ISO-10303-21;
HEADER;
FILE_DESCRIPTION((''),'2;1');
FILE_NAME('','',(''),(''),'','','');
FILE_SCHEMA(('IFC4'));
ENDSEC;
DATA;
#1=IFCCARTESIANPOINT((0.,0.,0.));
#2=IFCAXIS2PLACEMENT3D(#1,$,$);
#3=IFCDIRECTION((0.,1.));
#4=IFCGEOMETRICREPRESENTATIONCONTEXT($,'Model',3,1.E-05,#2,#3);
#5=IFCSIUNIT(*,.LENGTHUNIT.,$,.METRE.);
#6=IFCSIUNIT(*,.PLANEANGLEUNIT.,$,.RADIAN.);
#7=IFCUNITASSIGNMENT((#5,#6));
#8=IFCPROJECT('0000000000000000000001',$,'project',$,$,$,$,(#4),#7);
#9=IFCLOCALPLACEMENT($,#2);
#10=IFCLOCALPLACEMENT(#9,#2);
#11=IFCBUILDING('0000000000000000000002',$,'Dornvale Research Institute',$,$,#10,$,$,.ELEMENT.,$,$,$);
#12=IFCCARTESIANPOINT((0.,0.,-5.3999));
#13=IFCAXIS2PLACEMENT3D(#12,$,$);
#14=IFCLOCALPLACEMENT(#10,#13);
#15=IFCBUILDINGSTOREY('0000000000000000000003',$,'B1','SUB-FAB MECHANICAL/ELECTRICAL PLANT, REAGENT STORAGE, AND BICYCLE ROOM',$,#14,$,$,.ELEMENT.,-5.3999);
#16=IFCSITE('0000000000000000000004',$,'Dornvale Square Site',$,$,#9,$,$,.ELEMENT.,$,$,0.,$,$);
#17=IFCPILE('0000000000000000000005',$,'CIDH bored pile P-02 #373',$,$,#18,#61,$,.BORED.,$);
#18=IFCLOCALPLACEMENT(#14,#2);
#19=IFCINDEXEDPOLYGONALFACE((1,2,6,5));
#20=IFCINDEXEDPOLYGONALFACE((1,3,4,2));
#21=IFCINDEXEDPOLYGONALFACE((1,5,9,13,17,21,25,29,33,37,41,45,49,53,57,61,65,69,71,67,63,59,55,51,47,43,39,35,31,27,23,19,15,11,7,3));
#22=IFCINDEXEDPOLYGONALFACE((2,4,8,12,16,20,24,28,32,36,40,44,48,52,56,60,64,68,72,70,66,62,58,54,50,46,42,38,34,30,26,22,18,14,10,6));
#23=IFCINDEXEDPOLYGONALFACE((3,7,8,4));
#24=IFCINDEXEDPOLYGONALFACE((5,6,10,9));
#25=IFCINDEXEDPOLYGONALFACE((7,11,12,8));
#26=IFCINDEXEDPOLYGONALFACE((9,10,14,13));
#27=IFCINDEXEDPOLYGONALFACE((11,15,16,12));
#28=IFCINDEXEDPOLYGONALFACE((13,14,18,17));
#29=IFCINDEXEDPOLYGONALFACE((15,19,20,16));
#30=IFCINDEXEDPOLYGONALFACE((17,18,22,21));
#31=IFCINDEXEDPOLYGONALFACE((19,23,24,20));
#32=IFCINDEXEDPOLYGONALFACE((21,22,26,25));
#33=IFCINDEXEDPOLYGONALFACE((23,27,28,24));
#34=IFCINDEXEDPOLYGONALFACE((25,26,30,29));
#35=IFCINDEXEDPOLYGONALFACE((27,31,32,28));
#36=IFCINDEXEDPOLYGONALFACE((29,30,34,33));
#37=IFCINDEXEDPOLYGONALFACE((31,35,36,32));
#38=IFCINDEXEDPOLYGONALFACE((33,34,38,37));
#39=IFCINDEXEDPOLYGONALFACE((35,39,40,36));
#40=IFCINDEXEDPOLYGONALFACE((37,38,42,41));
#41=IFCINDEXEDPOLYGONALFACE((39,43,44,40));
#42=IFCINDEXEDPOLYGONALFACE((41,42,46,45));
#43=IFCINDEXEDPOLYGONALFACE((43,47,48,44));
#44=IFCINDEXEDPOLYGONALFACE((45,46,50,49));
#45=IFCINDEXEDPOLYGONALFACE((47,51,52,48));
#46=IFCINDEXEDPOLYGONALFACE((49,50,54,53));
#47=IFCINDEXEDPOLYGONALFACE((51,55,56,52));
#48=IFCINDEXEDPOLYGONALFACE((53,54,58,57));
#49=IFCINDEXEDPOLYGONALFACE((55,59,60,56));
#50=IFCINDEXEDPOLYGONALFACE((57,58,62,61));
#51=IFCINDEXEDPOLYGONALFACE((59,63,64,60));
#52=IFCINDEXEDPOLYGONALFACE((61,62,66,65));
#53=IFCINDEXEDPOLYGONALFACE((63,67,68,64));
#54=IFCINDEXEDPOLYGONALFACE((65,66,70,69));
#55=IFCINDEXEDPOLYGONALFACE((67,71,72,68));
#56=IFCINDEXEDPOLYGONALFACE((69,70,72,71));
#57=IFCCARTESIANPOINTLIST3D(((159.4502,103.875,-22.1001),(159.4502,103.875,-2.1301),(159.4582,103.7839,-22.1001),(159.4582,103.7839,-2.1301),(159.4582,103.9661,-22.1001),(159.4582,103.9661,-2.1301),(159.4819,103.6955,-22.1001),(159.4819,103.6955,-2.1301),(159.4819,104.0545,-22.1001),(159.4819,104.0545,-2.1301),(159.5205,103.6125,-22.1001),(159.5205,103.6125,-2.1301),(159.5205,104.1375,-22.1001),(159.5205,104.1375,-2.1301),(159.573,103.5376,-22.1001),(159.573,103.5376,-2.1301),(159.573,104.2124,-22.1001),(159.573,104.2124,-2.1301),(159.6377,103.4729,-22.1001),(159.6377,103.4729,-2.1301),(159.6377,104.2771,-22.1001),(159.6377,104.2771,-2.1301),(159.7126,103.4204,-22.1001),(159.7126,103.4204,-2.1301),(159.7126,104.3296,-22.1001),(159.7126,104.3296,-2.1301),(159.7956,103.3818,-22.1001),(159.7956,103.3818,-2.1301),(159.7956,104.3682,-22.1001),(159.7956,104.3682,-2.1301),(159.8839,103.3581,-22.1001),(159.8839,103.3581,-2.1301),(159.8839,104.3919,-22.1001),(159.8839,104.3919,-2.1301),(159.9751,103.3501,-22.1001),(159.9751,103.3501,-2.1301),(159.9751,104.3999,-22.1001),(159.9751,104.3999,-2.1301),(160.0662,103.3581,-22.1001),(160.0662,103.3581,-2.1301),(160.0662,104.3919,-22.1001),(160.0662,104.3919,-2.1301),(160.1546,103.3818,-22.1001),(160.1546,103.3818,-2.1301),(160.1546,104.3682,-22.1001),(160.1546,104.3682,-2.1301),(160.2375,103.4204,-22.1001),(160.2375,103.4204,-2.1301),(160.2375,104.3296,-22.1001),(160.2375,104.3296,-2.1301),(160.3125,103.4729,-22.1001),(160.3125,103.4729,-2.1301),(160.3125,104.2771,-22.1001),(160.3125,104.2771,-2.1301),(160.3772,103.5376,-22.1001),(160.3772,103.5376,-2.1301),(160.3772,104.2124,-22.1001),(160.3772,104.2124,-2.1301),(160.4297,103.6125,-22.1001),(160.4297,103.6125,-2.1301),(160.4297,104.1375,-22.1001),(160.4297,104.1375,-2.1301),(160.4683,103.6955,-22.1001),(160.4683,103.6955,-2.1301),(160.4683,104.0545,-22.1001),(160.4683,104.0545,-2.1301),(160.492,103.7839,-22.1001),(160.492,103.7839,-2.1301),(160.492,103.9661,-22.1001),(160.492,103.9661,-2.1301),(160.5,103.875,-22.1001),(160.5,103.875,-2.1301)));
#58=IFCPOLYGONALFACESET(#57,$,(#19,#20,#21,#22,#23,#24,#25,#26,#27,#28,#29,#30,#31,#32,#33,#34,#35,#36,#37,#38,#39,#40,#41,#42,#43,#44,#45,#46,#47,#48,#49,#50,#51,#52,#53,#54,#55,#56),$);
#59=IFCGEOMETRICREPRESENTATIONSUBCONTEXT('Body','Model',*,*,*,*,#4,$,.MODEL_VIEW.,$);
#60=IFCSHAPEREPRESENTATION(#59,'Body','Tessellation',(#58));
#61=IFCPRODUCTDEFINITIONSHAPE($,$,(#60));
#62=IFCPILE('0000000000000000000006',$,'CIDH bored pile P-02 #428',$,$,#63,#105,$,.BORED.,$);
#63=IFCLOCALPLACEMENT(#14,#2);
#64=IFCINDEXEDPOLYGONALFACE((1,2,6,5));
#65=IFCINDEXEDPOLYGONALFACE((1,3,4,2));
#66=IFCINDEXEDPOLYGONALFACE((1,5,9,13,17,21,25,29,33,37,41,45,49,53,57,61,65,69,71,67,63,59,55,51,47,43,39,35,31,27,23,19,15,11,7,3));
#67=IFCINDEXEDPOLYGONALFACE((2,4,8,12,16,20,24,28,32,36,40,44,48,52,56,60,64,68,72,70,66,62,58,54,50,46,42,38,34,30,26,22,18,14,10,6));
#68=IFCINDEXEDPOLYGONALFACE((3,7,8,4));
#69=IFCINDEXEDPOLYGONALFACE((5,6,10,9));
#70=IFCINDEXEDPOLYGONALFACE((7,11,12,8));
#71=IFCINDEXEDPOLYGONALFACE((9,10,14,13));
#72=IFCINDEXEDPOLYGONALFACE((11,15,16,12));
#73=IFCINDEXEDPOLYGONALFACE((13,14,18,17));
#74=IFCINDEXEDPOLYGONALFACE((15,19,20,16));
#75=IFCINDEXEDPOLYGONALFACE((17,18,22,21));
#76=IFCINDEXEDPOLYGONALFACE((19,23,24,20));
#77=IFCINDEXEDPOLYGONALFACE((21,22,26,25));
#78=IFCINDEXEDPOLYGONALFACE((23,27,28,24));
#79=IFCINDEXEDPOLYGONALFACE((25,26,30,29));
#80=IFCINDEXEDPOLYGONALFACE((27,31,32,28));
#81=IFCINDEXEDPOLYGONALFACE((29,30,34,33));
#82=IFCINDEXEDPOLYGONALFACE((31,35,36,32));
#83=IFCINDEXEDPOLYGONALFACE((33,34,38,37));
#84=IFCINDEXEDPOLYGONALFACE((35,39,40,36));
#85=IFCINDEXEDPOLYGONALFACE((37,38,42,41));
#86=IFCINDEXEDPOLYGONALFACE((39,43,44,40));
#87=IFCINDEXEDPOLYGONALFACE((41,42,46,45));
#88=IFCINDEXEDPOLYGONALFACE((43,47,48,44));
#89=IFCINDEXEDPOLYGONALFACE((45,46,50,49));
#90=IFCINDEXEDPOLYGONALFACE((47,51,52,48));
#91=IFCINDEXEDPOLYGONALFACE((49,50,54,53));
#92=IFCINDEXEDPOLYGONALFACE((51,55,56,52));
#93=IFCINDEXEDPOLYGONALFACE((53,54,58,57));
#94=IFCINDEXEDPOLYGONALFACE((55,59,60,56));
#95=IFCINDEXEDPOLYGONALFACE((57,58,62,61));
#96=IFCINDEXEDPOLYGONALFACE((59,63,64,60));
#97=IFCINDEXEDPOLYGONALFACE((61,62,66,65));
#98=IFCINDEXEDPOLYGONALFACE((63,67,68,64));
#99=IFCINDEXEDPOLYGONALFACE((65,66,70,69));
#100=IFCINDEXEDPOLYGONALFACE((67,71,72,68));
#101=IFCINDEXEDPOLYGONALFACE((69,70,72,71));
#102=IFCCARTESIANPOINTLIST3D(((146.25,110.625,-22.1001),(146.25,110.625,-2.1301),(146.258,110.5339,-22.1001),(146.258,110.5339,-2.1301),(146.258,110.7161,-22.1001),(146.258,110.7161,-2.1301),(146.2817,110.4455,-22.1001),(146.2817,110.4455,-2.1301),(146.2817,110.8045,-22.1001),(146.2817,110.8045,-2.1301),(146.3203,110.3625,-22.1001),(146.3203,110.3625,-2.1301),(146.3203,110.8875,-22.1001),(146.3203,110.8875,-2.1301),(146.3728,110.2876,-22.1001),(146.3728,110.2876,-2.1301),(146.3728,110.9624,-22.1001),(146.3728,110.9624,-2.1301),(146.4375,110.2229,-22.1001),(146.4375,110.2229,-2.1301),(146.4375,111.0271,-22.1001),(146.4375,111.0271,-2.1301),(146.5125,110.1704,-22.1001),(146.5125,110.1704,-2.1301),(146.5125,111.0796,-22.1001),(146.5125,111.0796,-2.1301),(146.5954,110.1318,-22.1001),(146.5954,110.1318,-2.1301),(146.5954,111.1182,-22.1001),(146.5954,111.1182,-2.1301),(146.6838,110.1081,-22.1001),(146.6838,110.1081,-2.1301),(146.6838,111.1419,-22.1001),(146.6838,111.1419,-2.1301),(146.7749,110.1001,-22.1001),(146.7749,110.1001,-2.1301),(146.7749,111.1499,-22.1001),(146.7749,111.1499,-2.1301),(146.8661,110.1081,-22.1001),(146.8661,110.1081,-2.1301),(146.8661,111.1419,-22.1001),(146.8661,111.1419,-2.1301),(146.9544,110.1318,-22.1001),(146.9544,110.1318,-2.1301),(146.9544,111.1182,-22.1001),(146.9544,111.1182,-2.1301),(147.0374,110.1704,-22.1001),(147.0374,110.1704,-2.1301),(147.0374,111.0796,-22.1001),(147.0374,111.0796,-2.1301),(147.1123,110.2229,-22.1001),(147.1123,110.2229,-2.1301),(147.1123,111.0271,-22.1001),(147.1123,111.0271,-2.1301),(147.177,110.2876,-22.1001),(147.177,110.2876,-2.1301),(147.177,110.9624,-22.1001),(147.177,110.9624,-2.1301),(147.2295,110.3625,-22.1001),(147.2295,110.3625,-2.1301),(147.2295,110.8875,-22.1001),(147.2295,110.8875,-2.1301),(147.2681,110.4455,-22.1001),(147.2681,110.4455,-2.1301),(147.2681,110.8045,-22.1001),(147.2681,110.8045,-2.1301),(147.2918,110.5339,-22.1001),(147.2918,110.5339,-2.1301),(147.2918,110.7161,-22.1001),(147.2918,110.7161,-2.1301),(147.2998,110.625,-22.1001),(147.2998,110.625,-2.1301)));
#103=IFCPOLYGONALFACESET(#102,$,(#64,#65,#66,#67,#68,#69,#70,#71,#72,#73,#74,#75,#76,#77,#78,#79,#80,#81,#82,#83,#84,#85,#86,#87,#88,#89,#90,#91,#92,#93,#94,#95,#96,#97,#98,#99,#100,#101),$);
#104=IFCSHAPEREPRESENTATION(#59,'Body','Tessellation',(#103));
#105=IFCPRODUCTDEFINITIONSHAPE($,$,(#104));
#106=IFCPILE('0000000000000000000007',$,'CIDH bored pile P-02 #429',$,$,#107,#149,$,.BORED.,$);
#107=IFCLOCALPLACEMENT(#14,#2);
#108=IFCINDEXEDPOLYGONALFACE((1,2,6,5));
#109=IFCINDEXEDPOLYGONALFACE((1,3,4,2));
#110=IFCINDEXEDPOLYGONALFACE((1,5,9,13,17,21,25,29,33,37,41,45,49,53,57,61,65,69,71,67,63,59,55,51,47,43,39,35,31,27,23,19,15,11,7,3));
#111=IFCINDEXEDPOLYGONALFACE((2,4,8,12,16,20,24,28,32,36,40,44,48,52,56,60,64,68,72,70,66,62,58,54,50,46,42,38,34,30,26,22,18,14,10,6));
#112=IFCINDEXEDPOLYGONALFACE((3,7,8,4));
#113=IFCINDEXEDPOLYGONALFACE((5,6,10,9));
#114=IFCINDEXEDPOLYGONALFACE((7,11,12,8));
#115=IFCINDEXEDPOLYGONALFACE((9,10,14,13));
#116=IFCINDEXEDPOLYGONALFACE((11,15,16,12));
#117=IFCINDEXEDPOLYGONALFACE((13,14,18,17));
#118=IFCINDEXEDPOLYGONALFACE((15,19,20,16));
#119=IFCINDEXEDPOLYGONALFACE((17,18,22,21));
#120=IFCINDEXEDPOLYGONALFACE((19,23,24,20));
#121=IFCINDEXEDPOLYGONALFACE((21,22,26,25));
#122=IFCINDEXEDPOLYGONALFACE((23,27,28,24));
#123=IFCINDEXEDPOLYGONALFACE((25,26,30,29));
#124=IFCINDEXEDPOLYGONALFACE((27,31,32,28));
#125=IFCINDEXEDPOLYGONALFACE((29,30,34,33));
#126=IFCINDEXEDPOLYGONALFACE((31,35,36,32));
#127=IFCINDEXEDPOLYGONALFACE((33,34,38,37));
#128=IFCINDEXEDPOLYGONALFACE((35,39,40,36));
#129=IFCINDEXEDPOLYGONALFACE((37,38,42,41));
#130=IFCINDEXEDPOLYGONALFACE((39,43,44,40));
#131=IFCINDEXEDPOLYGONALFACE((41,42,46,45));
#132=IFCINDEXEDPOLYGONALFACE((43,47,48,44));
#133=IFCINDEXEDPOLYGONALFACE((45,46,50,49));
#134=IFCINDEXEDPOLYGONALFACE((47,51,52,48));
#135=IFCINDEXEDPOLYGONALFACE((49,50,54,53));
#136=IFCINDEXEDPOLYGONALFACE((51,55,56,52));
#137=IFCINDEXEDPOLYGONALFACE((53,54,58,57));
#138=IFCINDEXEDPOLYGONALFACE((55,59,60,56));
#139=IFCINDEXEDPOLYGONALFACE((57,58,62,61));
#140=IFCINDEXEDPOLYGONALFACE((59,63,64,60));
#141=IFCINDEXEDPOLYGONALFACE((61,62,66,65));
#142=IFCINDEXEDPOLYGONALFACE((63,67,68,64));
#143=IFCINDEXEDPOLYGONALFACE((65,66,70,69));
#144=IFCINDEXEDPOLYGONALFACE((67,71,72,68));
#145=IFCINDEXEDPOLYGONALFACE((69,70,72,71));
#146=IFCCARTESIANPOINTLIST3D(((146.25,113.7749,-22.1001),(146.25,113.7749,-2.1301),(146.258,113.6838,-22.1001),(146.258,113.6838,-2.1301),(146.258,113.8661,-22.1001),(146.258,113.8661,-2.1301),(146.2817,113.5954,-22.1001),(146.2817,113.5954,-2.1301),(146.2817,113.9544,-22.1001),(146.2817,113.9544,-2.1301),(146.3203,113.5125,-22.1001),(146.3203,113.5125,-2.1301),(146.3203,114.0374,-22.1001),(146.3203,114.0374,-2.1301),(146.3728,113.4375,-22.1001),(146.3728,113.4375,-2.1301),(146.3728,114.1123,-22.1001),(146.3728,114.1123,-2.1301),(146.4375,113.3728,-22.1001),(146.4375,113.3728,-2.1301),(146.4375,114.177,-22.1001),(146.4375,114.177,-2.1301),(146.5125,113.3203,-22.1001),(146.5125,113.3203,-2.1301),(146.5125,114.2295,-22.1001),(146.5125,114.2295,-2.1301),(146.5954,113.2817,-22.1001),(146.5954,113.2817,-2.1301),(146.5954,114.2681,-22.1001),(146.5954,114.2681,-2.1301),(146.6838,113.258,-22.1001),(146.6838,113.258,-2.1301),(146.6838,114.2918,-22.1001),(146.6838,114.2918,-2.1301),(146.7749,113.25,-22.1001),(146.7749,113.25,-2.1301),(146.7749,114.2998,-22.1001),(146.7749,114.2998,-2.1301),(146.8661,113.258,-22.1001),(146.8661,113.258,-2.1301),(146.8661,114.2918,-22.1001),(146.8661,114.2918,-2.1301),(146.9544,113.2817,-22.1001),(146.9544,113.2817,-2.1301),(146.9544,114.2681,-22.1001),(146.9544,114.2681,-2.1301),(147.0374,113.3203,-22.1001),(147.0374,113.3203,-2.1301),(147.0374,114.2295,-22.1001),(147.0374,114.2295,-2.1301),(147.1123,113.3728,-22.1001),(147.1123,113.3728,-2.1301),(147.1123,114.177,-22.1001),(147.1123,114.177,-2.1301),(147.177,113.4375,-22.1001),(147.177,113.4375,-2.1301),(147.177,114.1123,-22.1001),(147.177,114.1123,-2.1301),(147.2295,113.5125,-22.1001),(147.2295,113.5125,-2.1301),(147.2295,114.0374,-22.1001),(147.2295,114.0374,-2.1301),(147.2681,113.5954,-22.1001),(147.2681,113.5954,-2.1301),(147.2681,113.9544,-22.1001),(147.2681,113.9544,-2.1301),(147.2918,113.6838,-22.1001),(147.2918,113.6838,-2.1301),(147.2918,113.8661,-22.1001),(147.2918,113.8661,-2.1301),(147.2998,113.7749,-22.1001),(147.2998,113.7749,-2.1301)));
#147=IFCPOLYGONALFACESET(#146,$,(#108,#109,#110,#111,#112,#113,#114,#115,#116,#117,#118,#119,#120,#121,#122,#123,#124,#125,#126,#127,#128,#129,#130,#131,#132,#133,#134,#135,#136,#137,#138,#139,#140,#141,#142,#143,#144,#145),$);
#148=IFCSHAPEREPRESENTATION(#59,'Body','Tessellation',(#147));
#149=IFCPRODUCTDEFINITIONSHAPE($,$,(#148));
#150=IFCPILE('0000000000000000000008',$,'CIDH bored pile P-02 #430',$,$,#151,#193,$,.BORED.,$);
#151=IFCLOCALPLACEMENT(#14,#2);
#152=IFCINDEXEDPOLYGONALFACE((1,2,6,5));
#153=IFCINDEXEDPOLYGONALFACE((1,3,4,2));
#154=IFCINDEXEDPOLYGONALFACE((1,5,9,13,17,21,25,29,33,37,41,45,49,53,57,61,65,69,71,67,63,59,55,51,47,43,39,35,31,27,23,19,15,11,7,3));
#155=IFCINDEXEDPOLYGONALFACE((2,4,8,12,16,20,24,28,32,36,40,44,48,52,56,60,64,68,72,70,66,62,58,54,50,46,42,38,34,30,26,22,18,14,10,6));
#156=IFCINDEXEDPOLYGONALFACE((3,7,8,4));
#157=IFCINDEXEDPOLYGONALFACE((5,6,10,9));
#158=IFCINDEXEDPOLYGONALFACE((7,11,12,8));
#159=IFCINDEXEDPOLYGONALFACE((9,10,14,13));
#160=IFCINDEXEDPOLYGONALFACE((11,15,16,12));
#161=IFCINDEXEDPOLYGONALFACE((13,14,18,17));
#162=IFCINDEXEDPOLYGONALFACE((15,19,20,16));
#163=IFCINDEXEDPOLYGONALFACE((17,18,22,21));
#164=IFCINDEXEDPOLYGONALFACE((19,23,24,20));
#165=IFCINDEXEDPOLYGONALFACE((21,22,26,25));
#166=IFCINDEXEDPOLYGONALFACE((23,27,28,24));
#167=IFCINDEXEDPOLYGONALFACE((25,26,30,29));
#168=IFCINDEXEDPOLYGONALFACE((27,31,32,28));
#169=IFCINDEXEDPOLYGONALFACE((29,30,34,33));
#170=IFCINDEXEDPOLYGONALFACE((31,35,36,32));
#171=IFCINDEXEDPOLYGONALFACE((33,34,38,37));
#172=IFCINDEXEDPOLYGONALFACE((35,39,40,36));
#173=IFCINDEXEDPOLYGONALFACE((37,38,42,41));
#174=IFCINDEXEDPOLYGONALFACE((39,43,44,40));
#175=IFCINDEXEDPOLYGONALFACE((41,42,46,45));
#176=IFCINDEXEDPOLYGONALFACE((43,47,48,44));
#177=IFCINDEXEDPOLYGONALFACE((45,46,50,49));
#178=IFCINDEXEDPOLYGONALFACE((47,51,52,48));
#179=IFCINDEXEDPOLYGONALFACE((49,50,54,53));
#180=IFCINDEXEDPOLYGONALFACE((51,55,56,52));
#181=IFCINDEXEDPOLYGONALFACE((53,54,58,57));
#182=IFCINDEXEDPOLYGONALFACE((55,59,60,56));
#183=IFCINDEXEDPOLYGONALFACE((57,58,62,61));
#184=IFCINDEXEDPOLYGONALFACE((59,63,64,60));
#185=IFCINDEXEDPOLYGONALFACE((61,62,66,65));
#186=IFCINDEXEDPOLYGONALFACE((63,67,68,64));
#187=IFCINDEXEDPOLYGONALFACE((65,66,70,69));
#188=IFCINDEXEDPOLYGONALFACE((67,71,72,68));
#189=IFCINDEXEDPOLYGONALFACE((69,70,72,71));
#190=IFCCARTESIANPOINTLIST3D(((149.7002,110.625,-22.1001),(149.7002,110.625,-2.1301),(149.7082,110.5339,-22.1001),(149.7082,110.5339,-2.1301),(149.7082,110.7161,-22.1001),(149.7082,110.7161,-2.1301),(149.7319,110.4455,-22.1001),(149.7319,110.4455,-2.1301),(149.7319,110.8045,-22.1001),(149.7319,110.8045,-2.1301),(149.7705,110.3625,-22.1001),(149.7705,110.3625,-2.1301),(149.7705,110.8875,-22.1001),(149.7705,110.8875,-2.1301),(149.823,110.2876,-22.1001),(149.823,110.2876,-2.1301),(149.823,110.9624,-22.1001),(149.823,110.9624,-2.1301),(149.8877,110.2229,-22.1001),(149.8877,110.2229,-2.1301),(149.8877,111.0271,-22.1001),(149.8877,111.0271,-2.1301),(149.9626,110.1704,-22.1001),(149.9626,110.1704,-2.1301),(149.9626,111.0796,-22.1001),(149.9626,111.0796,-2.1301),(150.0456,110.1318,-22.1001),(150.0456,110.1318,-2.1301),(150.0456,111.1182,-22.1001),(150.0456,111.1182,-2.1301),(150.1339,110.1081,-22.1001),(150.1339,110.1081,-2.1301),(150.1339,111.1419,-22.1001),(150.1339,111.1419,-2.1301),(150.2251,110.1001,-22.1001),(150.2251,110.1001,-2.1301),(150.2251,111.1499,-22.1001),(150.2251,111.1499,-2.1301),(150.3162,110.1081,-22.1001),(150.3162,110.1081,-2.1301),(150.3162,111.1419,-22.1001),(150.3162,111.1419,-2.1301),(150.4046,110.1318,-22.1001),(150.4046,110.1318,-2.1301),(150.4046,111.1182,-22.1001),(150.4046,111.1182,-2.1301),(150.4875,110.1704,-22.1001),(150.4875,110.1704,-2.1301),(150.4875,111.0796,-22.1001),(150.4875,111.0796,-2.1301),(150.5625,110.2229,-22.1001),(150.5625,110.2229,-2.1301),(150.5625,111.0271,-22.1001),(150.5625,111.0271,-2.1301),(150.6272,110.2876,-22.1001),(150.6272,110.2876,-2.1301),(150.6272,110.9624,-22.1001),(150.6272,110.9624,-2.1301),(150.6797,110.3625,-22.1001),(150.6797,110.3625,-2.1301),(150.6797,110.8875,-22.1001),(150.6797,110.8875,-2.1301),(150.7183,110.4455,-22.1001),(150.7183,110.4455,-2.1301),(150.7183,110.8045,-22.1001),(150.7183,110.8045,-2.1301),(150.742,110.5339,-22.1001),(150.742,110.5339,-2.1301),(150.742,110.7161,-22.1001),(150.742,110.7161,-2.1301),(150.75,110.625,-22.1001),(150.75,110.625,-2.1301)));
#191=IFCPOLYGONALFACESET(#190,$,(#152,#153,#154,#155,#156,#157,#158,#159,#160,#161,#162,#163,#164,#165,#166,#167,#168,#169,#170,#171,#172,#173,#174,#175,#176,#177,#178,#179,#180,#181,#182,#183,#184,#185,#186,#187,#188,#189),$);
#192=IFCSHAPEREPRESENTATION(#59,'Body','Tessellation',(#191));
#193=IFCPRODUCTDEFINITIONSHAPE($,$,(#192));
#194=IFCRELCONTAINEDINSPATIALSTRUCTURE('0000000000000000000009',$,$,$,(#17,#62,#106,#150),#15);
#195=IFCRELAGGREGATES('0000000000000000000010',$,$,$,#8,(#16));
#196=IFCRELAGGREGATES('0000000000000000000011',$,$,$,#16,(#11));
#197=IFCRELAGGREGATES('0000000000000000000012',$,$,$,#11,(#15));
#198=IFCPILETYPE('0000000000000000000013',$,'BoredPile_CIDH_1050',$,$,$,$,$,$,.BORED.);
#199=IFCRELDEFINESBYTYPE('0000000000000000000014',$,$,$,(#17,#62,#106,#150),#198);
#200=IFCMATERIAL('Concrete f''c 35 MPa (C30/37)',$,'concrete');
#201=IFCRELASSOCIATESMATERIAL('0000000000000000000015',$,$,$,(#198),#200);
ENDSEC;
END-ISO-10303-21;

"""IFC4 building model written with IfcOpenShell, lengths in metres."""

from ifc_helpers import new_model, si_unit, direction, frame, origin, origin_2d, place, context, subcontext, project, spatial, circle, extrude, material, material_profile, profile_set, type_object, element, save


model = new_model("IFC4")

# Units and contexts
model_context = context("Model", 3, precision=1e-05, world=origin(), true_north=direction((0.0, 1.0)))
body_context = subcontext(model_context, "Body", "Model", "MODEL_VIEW")
ifc_project = project(units=[si_unit("LENGTHUNIT", "METRE"), si_unit("PLANEANGLEUNIT", "RADIAN")], contexts=[model_context])

# Site, building, storey
site_placement = place(None, origin())
site = spatial("IfcSite", under=ifc_project, at=site_placement, Name="Dornvale Square Site", CompositionType="ELEMENT", RefElevation=0.0)
building_placement = place(site_placement, origin())
building = spatial("IfcBuilding", under=site, at=building_placement, Name="Dornvale Research Institute", CompositionType="ELEMENT")
storey_placement = place(building_placement, frame((0.0, 0.0, -5.3999)))
storey = spatial("IfcBuildingStorey", under=building, at=storey_placement, Name="B1", Description="SUB-FAB MECHANICAL/ELECTRICAL PLANT, REAGENT STORAGE, AND BICYCLE ROOM", CompositionType="ELEMENT", Elevation=-5.3999)

# Piles
ifc_material_1 = material(Name="Concrete f'c 35 MPa (C30/37)", Category="concrete")
ifc_material_profile_1 = material_profile(ifc_material_1, circle(Radius=0.5249, at=origin_2d()), Name="CIDH PILE D1050")
ifc_profile_set_1 = profile_set([ifc_material_profile_1], Name="Concrete f'c 35 MPa (C30/37)")
pile_type = type_object("IfcPileType", Name="BoredPile_CIDH_1050", PredefinedType="BORED", material=ifc_profile_set_1)
for number, where, z_axis, x_axis, name in (
    (1, (159.9751, 103.875, -2.1301), (0.0, 0.0, -1.0), (1.0, 0.0, 0.0), "CIDH bored pile P-02 #373"),
    (2, (146.7749, 110.625, -2.1301), (0.0, 0.0, -1.0), (1.0, 0.0, 0.0), "CIDH bored pile P-02 #428"),
    (3, (146.7749, 113.7749, -2.1301), (0.0, 0.0, -1.0), (1.0, 0.0, 0.0), "CIDH bored pile P-02 #429"),
    (4, (150.2251, 110.625, -2.1301), (0.0, 0.0, -1.0), (1.0, 0.0, 0.0), "CIDH bored pile P-02 #430"),
):
    element("IfcPile", number, at=place(storey_placement, frame(where, z_axis=z_axis, x_axis=x_axis)), inside=storey, type_object=pile_type, Name=name, PredefinedType="BORED", context=body_context, shape_type="SweptSolid", body=[
        extrude(circle(Radius=0.5249, at=origin_2d()), origin(), (0.0, 0.0, 1.0), 19.97),
    ])

save(model, "model.ifc")
